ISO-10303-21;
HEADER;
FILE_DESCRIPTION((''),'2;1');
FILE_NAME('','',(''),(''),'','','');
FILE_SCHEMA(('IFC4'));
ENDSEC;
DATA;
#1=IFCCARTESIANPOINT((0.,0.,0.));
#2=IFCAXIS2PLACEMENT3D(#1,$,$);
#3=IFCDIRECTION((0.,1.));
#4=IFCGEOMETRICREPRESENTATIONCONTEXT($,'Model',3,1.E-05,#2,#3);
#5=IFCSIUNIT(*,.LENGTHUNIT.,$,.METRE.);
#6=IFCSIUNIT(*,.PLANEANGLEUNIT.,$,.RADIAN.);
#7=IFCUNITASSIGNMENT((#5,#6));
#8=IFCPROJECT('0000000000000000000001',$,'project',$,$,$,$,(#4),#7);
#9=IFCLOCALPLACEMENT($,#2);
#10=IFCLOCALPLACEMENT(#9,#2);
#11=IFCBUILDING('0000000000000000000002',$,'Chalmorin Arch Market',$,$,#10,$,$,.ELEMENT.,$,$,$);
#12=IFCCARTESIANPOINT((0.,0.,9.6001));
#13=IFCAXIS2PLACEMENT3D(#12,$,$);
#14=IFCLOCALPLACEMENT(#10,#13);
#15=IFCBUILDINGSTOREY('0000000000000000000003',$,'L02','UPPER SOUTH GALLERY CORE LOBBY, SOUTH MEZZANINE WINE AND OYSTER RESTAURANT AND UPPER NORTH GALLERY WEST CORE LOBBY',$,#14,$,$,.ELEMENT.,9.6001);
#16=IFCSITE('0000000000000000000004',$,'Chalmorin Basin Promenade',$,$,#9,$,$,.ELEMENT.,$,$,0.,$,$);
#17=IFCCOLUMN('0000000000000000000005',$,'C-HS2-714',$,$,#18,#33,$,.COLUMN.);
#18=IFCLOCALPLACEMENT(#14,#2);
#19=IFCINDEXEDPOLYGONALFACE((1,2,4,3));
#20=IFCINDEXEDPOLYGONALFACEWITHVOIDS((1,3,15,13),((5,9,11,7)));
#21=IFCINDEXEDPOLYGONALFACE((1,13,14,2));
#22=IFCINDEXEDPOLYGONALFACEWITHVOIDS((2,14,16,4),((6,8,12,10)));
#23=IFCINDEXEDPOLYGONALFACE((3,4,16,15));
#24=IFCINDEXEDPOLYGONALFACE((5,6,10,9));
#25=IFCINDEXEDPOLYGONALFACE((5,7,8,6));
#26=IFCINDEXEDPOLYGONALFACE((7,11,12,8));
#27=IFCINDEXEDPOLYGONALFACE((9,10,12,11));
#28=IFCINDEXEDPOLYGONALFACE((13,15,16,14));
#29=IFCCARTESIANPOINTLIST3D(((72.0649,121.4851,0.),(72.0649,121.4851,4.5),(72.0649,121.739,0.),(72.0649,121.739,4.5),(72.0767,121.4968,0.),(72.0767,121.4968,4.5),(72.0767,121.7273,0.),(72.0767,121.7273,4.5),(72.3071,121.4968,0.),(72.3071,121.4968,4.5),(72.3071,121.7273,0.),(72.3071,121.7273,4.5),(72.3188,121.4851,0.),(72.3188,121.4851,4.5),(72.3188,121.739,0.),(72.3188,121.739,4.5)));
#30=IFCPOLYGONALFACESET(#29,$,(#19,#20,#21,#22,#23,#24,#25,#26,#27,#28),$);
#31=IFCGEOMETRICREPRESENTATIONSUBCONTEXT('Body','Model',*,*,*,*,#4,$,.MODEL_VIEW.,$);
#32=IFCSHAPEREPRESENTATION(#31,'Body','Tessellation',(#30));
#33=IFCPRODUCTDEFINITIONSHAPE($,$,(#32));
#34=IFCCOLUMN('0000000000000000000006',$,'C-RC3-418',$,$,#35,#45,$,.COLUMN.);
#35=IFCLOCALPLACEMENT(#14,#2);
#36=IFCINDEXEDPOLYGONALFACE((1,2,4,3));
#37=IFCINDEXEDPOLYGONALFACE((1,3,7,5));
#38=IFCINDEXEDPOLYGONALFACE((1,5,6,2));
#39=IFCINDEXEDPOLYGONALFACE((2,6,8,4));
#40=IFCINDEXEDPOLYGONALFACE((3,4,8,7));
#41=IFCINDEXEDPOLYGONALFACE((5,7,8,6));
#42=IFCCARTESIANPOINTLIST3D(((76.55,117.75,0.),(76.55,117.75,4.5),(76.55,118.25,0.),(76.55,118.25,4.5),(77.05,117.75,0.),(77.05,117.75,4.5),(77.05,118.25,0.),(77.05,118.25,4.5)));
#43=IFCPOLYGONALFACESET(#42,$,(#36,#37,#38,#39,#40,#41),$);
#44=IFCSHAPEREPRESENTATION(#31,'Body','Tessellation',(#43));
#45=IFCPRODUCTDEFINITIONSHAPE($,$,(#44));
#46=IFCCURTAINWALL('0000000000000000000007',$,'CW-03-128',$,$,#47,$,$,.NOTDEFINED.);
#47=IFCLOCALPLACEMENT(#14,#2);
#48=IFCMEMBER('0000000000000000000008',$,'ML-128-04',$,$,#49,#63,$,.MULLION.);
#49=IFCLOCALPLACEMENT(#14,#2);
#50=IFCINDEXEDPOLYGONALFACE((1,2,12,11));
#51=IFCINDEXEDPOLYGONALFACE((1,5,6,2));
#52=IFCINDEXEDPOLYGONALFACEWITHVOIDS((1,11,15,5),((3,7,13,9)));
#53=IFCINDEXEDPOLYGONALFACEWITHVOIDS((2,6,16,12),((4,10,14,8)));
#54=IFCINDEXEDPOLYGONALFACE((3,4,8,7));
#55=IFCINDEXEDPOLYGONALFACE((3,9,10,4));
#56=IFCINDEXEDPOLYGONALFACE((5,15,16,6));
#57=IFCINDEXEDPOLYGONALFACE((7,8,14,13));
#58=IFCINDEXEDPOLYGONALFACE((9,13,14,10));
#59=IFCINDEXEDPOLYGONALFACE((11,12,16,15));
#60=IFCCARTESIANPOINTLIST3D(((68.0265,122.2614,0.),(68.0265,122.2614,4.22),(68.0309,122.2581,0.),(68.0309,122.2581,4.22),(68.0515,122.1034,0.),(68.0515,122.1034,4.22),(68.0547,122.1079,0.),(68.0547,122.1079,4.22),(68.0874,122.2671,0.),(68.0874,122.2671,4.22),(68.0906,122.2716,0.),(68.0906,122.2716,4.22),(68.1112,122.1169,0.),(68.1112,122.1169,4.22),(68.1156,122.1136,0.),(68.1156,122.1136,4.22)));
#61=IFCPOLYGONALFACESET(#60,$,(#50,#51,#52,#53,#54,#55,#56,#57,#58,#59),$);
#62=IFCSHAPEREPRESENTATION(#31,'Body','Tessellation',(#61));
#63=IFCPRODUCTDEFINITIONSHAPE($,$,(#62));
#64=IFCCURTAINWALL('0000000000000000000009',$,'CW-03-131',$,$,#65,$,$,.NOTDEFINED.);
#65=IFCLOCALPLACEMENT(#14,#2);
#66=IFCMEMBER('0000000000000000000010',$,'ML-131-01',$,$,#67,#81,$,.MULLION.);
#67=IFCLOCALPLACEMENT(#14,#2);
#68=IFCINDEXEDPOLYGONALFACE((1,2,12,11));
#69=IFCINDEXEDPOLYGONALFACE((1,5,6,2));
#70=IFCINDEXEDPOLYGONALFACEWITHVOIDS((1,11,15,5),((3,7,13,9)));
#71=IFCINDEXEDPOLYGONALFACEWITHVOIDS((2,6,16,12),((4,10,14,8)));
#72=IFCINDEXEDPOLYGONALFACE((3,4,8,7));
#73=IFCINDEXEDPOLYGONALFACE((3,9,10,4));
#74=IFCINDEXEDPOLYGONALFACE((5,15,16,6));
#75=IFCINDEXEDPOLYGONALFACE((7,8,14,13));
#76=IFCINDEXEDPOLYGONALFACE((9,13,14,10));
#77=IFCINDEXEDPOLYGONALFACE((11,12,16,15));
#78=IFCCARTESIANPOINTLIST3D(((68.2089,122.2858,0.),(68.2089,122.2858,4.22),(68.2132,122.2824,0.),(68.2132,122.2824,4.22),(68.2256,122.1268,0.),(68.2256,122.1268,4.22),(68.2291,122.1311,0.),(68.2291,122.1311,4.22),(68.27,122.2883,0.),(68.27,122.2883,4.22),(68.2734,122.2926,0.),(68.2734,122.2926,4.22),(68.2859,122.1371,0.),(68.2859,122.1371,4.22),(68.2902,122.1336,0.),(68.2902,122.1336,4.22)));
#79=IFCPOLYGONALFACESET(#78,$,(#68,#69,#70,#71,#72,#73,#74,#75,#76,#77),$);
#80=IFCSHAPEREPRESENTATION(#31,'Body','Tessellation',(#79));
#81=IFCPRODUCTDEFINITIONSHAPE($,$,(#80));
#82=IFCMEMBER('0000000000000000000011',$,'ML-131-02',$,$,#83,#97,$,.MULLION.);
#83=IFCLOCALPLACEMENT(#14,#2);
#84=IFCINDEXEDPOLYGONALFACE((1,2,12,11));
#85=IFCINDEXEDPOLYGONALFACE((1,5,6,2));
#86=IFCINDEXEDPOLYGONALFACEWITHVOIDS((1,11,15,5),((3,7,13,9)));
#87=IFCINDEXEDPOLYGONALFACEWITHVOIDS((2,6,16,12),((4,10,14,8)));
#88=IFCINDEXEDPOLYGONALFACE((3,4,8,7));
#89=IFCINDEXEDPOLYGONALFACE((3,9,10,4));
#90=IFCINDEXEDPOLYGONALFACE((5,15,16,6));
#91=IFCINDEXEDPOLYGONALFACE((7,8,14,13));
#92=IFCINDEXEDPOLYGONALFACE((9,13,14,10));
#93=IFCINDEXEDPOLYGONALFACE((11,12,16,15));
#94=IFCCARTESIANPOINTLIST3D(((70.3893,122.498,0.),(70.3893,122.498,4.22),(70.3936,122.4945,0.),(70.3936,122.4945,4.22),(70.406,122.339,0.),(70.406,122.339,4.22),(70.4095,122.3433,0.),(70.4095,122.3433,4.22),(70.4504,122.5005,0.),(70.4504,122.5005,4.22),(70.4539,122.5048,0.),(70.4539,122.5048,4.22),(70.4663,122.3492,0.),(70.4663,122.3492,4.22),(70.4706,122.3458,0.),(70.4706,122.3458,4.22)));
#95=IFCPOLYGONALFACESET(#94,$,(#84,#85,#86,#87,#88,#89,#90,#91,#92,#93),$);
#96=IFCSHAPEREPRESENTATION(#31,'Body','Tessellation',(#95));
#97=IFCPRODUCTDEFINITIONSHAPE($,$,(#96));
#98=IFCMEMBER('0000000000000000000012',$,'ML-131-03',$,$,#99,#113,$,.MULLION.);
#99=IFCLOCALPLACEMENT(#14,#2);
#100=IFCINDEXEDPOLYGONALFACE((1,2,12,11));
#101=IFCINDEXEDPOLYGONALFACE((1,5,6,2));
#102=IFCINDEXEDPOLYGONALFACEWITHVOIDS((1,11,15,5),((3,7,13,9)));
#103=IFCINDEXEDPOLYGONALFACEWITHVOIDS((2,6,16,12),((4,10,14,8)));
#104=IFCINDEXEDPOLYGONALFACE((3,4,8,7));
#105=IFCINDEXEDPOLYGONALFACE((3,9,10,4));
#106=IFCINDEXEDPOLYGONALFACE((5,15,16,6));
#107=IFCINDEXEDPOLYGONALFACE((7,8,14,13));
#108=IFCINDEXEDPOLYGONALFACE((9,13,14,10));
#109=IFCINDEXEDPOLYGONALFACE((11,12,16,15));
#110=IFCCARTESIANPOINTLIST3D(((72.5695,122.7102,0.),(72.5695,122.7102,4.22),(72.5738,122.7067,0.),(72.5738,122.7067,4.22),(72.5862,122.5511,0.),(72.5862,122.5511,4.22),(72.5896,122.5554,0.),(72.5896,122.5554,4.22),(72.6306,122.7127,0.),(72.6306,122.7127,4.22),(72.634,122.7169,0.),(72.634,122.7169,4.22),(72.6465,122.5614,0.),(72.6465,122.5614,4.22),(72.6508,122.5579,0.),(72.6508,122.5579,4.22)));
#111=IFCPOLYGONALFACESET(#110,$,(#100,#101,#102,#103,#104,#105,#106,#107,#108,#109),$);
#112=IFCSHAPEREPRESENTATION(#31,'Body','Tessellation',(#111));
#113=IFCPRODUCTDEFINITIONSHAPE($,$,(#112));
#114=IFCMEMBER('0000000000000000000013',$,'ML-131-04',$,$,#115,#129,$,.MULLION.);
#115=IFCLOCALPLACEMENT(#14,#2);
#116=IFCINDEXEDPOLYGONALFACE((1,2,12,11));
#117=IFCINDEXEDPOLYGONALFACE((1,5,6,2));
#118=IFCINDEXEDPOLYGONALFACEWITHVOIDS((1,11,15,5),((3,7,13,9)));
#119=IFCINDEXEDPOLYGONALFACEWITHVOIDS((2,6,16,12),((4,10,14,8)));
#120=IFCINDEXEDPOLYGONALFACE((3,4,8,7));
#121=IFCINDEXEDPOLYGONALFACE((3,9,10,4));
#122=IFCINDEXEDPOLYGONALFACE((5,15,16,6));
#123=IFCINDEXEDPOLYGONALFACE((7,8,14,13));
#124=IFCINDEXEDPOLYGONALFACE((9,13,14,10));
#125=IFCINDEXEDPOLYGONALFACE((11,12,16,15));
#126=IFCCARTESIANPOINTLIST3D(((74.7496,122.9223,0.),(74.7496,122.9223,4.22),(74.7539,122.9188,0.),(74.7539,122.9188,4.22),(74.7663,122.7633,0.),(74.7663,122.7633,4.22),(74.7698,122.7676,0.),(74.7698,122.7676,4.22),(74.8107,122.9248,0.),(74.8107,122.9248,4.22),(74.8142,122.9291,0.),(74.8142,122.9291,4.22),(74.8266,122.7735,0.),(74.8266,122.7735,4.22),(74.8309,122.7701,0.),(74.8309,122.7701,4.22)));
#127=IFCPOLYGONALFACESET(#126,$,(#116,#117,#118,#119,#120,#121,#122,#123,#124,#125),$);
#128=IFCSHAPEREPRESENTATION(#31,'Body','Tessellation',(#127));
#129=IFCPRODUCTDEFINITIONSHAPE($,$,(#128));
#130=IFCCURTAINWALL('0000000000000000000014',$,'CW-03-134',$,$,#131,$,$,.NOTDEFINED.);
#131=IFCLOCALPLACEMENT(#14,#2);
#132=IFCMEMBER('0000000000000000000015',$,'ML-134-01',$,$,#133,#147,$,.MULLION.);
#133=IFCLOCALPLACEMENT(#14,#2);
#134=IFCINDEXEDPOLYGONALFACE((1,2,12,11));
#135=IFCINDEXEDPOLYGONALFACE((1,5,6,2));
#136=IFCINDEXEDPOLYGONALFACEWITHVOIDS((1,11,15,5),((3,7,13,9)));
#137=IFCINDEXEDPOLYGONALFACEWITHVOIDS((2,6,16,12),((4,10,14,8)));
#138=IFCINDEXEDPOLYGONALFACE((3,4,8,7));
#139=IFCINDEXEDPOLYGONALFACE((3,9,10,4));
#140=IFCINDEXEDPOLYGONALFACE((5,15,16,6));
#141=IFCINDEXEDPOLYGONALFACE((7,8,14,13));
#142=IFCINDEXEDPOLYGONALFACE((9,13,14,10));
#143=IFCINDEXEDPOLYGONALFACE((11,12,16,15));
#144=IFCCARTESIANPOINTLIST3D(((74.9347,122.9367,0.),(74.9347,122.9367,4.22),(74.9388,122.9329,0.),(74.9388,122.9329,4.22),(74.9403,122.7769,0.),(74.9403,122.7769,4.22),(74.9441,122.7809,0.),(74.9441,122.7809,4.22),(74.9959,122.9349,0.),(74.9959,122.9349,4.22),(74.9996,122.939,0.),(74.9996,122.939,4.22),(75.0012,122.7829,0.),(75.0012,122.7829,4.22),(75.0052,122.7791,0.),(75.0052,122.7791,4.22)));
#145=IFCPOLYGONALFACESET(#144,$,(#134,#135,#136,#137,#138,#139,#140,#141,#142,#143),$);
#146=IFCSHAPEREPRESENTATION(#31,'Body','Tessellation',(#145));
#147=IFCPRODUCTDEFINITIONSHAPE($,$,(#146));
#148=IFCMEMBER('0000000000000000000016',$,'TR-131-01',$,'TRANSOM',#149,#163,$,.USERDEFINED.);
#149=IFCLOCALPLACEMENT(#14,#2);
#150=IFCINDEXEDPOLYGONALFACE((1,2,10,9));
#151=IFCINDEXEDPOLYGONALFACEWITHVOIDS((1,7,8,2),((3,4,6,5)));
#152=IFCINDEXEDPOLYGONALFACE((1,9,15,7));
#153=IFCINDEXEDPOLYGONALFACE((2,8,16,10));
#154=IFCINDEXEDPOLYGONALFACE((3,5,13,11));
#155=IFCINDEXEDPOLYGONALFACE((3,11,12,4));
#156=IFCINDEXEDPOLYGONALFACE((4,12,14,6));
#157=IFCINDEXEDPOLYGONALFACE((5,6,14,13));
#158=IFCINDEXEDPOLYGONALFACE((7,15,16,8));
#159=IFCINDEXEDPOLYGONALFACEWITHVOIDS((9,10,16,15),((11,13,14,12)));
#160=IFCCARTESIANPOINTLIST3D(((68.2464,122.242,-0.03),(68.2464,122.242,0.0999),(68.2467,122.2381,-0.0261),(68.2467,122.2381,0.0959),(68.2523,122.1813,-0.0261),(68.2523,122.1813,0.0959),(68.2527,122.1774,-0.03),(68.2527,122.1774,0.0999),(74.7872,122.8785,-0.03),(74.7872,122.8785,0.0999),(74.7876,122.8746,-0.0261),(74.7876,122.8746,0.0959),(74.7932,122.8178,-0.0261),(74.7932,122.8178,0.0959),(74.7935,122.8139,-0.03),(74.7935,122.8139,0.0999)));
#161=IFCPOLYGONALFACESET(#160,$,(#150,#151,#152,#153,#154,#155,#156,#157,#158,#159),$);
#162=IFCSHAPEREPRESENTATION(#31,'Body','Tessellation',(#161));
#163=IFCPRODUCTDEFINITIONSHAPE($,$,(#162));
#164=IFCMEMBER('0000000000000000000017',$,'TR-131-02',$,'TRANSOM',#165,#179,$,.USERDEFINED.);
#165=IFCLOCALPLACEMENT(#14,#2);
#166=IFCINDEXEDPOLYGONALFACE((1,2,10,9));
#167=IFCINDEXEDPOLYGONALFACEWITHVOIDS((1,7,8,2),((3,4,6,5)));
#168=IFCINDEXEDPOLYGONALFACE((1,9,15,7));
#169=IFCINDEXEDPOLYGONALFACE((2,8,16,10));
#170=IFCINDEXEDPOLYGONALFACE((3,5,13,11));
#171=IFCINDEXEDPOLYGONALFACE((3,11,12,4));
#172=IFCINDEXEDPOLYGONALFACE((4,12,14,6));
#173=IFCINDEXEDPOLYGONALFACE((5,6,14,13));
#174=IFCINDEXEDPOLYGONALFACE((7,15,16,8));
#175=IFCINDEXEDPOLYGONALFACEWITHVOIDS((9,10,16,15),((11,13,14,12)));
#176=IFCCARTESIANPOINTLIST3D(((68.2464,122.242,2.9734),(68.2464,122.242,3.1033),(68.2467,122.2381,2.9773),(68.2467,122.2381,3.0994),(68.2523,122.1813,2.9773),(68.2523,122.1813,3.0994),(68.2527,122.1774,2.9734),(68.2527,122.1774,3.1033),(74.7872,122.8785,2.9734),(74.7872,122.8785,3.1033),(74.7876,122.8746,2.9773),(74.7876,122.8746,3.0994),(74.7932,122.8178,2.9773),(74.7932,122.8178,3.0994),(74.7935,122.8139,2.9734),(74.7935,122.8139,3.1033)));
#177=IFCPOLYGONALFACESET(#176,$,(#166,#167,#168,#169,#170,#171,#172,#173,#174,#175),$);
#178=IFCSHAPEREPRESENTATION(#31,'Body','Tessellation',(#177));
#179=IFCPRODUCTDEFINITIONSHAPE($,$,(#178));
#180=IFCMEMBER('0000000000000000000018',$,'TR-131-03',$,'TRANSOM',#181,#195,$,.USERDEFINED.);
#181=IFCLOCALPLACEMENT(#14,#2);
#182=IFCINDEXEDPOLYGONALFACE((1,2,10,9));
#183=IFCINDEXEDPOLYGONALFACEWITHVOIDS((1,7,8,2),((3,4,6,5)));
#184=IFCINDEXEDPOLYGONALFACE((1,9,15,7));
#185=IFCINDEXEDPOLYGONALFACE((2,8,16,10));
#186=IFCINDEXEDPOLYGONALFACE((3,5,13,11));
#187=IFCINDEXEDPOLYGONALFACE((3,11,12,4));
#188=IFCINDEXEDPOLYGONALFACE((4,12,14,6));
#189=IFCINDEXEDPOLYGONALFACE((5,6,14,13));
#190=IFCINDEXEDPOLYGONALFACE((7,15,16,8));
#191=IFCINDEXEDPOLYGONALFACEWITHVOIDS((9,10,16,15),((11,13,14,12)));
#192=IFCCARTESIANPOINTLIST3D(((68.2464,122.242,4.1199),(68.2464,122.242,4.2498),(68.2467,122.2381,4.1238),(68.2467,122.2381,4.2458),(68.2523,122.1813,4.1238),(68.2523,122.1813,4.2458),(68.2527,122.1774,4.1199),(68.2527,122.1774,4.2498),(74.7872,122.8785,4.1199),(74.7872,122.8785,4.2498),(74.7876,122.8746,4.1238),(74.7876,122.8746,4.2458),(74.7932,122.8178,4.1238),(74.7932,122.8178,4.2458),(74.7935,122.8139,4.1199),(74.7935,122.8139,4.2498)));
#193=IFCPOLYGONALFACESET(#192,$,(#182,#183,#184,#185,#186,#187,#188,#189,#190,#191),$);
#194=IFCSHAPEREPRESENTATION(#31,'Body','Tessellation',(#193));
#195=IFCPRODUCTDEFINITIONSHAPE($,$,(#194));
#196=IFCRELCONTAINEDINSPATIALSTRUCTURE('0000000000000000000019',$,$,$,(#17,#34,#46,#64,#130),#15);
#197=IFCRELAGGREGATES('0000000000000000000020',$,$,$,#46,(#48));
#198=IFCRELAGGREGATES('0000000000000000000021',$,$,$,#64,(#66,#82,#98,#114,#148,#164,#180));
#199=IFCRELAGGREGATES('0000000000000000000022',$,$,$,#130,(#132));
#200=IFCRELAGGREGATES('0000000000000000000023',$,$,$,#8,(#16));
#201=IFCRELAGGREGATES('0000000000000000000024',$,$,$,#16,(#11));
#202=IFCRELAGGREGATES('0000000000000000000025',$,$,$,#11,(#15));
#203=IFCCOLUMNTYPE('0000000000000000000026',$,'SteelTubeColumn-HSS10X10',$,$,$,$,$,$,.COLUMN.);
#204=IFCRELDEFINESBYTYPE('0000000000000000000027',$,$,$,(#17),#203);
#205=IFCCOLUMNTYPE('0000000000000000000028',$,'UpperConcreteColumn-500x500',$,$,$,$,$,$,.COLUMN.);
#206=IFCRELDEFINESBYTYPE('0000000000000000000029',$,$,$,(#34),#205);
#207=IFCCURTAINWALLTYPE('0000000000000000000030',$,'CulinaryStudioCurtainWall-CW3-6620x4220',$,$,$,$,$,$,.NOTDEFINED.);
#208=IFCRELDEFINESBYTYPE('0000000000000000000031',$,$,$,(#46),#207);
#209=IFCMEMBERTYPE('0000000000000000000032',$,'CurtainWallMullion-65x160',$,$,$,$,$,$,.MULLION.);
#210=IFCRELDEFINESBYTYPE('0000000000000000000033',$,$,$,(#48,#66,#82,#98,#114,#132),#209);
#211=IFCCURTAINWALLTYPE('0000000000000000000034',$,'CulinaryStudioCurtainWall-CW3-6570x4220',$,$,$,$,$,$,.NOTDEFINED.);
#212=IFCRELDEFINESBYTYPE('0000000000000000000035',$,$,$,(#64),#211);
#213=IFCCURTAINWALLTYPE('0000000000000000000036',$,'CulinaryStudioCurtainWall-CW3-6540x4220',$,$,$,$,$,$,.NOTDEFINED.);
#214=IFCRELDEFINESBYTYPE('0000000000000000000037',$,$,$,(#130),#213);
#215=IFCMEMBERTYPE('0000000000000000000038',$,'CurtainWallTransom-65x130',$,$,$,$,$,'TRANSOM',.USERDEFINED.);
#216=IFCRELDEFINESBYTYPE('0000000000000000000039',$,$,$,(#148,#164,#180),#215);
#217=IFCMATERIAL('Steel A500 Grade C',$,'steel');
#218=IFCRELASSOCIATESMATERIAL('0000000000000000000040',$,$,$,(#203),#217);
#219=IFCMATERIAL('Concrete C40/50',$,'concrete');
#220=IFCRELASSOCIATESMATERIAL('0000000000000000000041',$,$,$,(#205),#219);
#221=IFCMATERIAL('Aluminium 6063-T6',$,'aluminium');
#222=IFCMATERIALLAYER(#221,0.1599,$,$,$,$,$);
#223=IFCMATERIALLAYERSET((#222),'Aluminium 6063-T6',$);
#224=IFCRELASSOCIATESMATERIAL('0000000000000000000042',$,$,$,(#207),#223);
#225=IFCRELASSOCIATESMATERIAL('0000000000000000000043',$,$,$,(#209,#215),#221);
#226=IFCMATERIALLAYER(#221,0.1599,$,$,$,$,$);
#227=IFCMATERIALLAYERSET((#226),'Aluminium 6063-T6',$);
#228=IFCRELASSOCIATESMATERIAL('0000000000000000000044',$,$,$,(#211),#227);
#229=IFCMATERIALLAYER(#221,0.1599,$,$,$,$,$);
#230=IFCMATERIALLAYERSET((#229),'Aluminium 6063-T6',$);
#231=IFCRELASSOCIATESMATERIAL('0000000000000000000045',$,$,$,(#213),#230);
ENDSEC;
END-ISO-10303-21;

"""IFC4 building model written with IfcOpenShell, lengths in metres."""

from ifc_helpers import new_model, si_unit, direction, frame, origin, origin_2d, place, context, subcontext, project, spatial, rectangle, hollow_rectangle, extrude, material, layer, layer_set, material_profile, profile_set, type_object, element, aggregate, save


model = new_model("IFC4")

# Units and contexts
model_context = context("Model", 3, precision=1e-05, world=origin(), true_north=direction((0.0, 1.0)))
body_context = subcontext(model_context, "Body", "Model", "MODEL_VIEW")
ifc_project = project(units=[si_unit("LENGTHUNIT", "METRE"), si_unit("PLANEANGLEUNIT", "RADIAN")], contexts=[model_context])

# Site, building, storey
site_placement = place(None, origin())
site = spatial("IfcSite", under=ifc_project, at=site_placement, Name="Chalmorin Basin Promenade", CompositionType="ELEMENT", RefElevation=0.0)
building_placement = place(site_placement, origin())
building = spatial("IfcBuilding", under=site, at=building_placement, Name="Chalmorin Arch Market", CompositionType="ELEMENT")
storey_placement = place(building_placement, frame((0.0, 0.0, 9.6001)))
storey = spatial("IfcBuildingStorey", under=building, at=storey_placement, Name="L02", Description="UPPER SOUTH GALLERY CORE LOBBY, SOUTH MEZZANINE WINE AND OYSTER RESTAURANT AND UPPER NORTH GALLERY WEST CORE LOBBY", CompositionType="ELEMENT", Elevation=9.6001)

# Columns
ifc_material_1 = material(Name="Steel A500 Grade C", Category="steel")
ifc_material_profile_1 = material_profile(ifc_material_1, hollow_rectangle(XDim=0.2539, YDim=0.2539, WallThickness=0.0117, at=origin_2d()), Name="HSS10X10X1/2")
ifc_profile_set_1 = profile_set([ifc_material_profile_1], Name="Steel A500 Grade C")
column_type_1 = type_object("IfcColumnType", Name="SteelTubeColumn-HSS10X10", PredefinedType="COLUMN", material=ifc_profile_set_1)
column_1_placement = place(storey_placement, frame((72.1919, 121.6121, 0.0), z_axis=(0.0, 0.0, 1.0), x_axis=(1.0, 0.0, 0.0)))
element("IfcColumn", 1, at=column_1_placement, inside=storey, type_object=column_type_1, Name="C-HS2-714", PredefinedType="COLUMN", context=body_context, shape_type="SweptSolid", body=[
    extrude(hollow_rectangle(XDim=0.2539, YDim=0.2539, WallThickness=0.0117, at=origin_2d()), origin(), (0.0, 0.0, 1.0), 4.5),
])
ifc_material_2 = material(Name="Concrete C40/50", Category="concrete")
ifc_material_profile_2 = material_profile(ifc_material_2, rectangle(XDim=0.5, YDim=0.5, at=origin_2d()), Name="RC500X500")
ifc_profile_set_2 = profile_set([ifc_material_profile_2], Name="Concrete C40/50")
column_type_2 = type_object("IfcColumnType", Name="UpperConcreteColumn-500x500", PredefinedType="COLUMN", material=ifc_profile_set_2)
column_2_placement = place(storey_placement, frame((76.8, 118.0, 0.0), z_axis=(0.0, 0.0, 1.0), x_axis=(1.0, 0.0, 0.0)))
element("IfcColumn", 2, at=column_2_placement, inside=storey, type_object=column_type_2, Name="C-RC3-418", PredefinedType="COLUMN", context=body_context, shape_type="SweptSolid", body=[
    extrude(rectangle(XDim=0.5, YDim=0.5, at=origin_2d()), origin(), (0.0, 0.0, 1.0), 4.5),
])

# Curtain wall, member
ifc_material_3 = material(Name="Aluminium 6063-T6", Category="aluminium")
ifc_layer_1 = layer(ifc_material_3, 0.1599)
ifc_layer_set_1 = layer_set([ifc_layer_1], Name="Aluminium 6063-T6")
curtain_wall_type_1 = type_object("IfcCurtainWallType", Name="CulinaryStudioCurtainWall-CW3-6620x4220", PredefinedType="NOTDEFINED", material=ifc_layer_set_1)
curtain_wall_1_placement = place(storey_placement, origin())
curtain_wall_1 = element("IfcCurtainWall", 3, at=curtain_wall_1_placement, inside=storey, type_object=curtain_wall_type_1, Name="CW-03-128", PredefinedType="NOTDEFINED")
ifc_material_profile_3 = material_profile(ifc_material_3, hollow_rectangle(XDim=0.0649, YDim=0.1599, WallThickness=0.0039, at=origin_2d()), Name="ALU65X160X4")
ifc_profile_set_3 = profile_set([ifc_material_profile_3], Name="Aluminium 6063-T6")
member_type_1 = type_object("IfcMemberType", Name="CurtainWallMullion-65x160", PredefinedType="MULLION", material=ifc_profile_set_3)
member_1_placement = place(storey_placement, frame((68.071, 122.1875, 0.0), z_axis=(0.0, 0.0, 1.0), x_axis=(0.987688, 0.156434, 0.0)))
member_1 = element("IfcMember", 4, at=member_1_placement, type_object=member_type_1, Name="ML-128-04", PredefinedType="MULLION", context=body_context, shape_type="SweptSolid", body=[
    extrude(hollow_rectangle(XDim=0.0649, YDim=0.1599, WallThickness=0.0039, at=origin_2d()), origin(), (0.0, 0.0, 1.0), 4.22),
])
aggregate(curtain_wall_1, [member_1])

# Curtain wall, members
ifc_layer_2 = layer(ifc_material_3, 0.1599)
ifc_layer_set_2 = layer_set([ifc_layer_2], Name="Aluminium 6063-T6")
curtain_wall_type_2 = type_object("IfcCurtainWallType", Name="CulinaryStudioCurtainWall-CW3-6570x4220", PredefinedType="NOTDEFINED", material=ifc_layer_set_2)
curtain_wall_2_placement = place(storey_placement, origin())
curtain_wall_2 = element("IfcCurtainWall", 5, at=curtain_wall_2_placement, inside=storey, type_object=curtain_wall_type_2, Name="CW-03-131", PredefinedType="NOTDEFINED")
member_2_placement = place(storey_placement, frame((68.2495, 122.2097, 0.0), z_axis=(0.0, 0.0, 1.0), x_axis=(0.994522, 0.104528, 0.0)))
member_2 = element("IfcMember", 6, at=member_2_placement, type_object=member_type_1, Name="ML-131-01", PredefinedType="MULLION", context=body_context, shape_type="SweptSolid", body=[
    extrude(hollow_rectangle(XDim=0.0649, YDim=0.1599, WallThickness=0.0039, at=origin_2d()), origin(), (0.0, 0.0, 1.0), 4.22),
])
member_3_placement = place(storey_placement, frame((70.4299, 122.4219, 0.0), z_axis=(0.0, 0.0, 1.0), x_axis=(0.994522, 0.104528, 0.0)))
member_3 = element("IfcMember", 7, at=member_3_placement, type_object=member_type_1, Name="ML-131-02", PredefinedType="MULLION", context=body_context, shape_type="SweptSolid", body=[
    extrude(hollow_rectangle(XDim=0.0649, YDim=0.1599, WallThickness=0.0039, at=origin_2d()), origin(), (0.0, 0.0, 1.0), 4.22),
])
member_4_placement = place(storey_placement, frame((72.6101, 122.634, 0.0), z_axis=(0.0, 0.0, 1.0), x_axis=(0.994522, 0.104528, 0.0)))
member_4 = element("IfcMember", 8, at=member_4_placement, type_object=member_type_1, Name="ML-131-03", PredefinedType="MULLION", context=body_context, shape_type="SweptSolid", body=[
    extrude(hollow_rectangle(XDim=0.0649, YDim=0.1599, WallThickness=0.0039, at=origin_2d()), origin(), (0.0, 0.0, 1.0), 4.22),
])
member_5_placement = place(storey_placement, frame((74.7903, 122.8462, 0.0), z_axis=(0.0, 0.0, 1.0), x_axis=(0.994522, 0.104528, 0.0)))
member_5 = element("IfcMember", 9, at=member_5_placement, type_object=member_type_1, Name="ML-131-04", PredefinedType="MULLION", context=body_context, shape_type="SweptSolid", body=[
    extrude(hollow_rectangle(XDim=0.0649, YDim=0.1599, WallThickness=0.0039, at=origin_2d()), origin(), (0.0, 0.0, 1.0), 4.22),
])

# Curtain wall, member
ifc_layer_3 = layer(ifc_material_3, 0.1599)
ifc_layer_set_3 = layer_set([ifc_layer_3], Name="Aluminium 6063-T6")
curtain_wall_type_3 = type_object("IfcCurtainWallType", Name="CulinaryStudioCurtainWall-CW3-6540x4220", PredefinedType="NOTDEFINED", material=ifc_layer_set_3)
curtain_wall_3_placement = place(storey_placement, origin())
curtain_wall_3 = element("IfcCurtainWall", 10, at=curtain_wall_3_placement, inside=storey, type_object=curtain_wall_type_3, Name="CW-03-134", PredefinedType="NOTDEFINED")
member_6_placement = place(storey_placement, frame((74.97, 122.8579, 0.0), z_axis=(0.0, 0.0, 1.0), x_axis=(0.999391, 0.034899, 0.0)))
member_6 = element("IfcMember", 11, at=member_6_placement, type_object=member_type_1, Name="ML-134-01", PredefinedType="MULLION", context=body_context, shape_type="SweptSolid", body=[
    extrude(hollow_rectangle(XDim=0.0649, YDim=0.1599, WallThickness=0.0039, at=origin_2d()), origin(), (0.0, 0.0, 1.0), 4.22),
])

# Members
ifc_material_profile_4 = material_profile(ifc_material_3, hollow_rectangle(XDim=0.0649, YDim=0.1299, WallThickness=0.0039, at=origin_2d()), Name="ALU65X130X4")
ifc_profile_set_4 = profile_set([ifc_material_profile_4], Name="Aluminium 6063-T6")
member_type_2 = type_object("IfcMemberType", Name="CurtainWallTransom-65x130", ElementType="TRANSOM", PredefinedType="USERDEFINED", material=ifc_profile_set_4)
member_7_placement = place(storey_placement, frame((68.2495, 122.2097, 0.0349), z_axis=(0.995299, 0.096851, 0.0), x_axis=(-0.096851, 0.995299, 0.0)))
member_7 = element("IfcMember", 12, at=member_7_placement, type_object=member_type_2, Name="TR-131-01", ObjectType="TRANSOM", PredefinedType="USERDEFINED", context=body_context, shape_type="SweptSolid", body=[
    extrude(hollow_rectangle(XDim=0.0649, YDim=0.1299, WallThickness=0.0039, at=origin_2d()), origin(), (0.0, 0.0, 1.0), 6.5718),
])
member_8_placement = place(storey_placement, frame((68.2495, 122.2097, 3.0383), z_axis=(0.995299, 0.096851, 0.0), x_axis=(-0.096851, 0.995299, 0.0)))
member_8 = element("IfcMember", 13, at=member_8_placement, type_object=member_type_2, Name="TR-131-02", ObjectType="TRANSOM", PredefinedType="USERDEFINED", context=body_context, shape_type="SweptSolid", body=[
    extrude(hollow_rectangle(XDim=0.0649, YDim=0.1299, WallThickness=0.0039, at=origin_2d()), origin(), (0.0, 0.0, 1.0), 6.5718),
])
member_9_placement = place(storey_placement, frame((68.2495, 122.2097, 4.1848), z_axis=(0.995299, 0.096851, 0.0), x_axis=(-0.096851, 0.995299, 0.0)))
member_9 = element("IfcMember", 14, at=member_9_placement, type_object=member_type_2, Name="TR-131-03", ObjectType="TRANSOM", PredefinedType="USERDEFINED", context=body_context, shape_type="SweptSolid", body=[
    extrude(hollow_rectangle(XDim=0.0649, YDim=0.1299, WallThickness=0.0039, at=origin_2d()), origin(), (0.0, 0.0, 1.0), 6.5718),
])

aggregate(curtain_wall_2, [member_2, member_3, member_4, member_5, member_7, member_8, member_9])
aggregate(curtain_wall_3, [member_6])

save(model, "model.ifc")
